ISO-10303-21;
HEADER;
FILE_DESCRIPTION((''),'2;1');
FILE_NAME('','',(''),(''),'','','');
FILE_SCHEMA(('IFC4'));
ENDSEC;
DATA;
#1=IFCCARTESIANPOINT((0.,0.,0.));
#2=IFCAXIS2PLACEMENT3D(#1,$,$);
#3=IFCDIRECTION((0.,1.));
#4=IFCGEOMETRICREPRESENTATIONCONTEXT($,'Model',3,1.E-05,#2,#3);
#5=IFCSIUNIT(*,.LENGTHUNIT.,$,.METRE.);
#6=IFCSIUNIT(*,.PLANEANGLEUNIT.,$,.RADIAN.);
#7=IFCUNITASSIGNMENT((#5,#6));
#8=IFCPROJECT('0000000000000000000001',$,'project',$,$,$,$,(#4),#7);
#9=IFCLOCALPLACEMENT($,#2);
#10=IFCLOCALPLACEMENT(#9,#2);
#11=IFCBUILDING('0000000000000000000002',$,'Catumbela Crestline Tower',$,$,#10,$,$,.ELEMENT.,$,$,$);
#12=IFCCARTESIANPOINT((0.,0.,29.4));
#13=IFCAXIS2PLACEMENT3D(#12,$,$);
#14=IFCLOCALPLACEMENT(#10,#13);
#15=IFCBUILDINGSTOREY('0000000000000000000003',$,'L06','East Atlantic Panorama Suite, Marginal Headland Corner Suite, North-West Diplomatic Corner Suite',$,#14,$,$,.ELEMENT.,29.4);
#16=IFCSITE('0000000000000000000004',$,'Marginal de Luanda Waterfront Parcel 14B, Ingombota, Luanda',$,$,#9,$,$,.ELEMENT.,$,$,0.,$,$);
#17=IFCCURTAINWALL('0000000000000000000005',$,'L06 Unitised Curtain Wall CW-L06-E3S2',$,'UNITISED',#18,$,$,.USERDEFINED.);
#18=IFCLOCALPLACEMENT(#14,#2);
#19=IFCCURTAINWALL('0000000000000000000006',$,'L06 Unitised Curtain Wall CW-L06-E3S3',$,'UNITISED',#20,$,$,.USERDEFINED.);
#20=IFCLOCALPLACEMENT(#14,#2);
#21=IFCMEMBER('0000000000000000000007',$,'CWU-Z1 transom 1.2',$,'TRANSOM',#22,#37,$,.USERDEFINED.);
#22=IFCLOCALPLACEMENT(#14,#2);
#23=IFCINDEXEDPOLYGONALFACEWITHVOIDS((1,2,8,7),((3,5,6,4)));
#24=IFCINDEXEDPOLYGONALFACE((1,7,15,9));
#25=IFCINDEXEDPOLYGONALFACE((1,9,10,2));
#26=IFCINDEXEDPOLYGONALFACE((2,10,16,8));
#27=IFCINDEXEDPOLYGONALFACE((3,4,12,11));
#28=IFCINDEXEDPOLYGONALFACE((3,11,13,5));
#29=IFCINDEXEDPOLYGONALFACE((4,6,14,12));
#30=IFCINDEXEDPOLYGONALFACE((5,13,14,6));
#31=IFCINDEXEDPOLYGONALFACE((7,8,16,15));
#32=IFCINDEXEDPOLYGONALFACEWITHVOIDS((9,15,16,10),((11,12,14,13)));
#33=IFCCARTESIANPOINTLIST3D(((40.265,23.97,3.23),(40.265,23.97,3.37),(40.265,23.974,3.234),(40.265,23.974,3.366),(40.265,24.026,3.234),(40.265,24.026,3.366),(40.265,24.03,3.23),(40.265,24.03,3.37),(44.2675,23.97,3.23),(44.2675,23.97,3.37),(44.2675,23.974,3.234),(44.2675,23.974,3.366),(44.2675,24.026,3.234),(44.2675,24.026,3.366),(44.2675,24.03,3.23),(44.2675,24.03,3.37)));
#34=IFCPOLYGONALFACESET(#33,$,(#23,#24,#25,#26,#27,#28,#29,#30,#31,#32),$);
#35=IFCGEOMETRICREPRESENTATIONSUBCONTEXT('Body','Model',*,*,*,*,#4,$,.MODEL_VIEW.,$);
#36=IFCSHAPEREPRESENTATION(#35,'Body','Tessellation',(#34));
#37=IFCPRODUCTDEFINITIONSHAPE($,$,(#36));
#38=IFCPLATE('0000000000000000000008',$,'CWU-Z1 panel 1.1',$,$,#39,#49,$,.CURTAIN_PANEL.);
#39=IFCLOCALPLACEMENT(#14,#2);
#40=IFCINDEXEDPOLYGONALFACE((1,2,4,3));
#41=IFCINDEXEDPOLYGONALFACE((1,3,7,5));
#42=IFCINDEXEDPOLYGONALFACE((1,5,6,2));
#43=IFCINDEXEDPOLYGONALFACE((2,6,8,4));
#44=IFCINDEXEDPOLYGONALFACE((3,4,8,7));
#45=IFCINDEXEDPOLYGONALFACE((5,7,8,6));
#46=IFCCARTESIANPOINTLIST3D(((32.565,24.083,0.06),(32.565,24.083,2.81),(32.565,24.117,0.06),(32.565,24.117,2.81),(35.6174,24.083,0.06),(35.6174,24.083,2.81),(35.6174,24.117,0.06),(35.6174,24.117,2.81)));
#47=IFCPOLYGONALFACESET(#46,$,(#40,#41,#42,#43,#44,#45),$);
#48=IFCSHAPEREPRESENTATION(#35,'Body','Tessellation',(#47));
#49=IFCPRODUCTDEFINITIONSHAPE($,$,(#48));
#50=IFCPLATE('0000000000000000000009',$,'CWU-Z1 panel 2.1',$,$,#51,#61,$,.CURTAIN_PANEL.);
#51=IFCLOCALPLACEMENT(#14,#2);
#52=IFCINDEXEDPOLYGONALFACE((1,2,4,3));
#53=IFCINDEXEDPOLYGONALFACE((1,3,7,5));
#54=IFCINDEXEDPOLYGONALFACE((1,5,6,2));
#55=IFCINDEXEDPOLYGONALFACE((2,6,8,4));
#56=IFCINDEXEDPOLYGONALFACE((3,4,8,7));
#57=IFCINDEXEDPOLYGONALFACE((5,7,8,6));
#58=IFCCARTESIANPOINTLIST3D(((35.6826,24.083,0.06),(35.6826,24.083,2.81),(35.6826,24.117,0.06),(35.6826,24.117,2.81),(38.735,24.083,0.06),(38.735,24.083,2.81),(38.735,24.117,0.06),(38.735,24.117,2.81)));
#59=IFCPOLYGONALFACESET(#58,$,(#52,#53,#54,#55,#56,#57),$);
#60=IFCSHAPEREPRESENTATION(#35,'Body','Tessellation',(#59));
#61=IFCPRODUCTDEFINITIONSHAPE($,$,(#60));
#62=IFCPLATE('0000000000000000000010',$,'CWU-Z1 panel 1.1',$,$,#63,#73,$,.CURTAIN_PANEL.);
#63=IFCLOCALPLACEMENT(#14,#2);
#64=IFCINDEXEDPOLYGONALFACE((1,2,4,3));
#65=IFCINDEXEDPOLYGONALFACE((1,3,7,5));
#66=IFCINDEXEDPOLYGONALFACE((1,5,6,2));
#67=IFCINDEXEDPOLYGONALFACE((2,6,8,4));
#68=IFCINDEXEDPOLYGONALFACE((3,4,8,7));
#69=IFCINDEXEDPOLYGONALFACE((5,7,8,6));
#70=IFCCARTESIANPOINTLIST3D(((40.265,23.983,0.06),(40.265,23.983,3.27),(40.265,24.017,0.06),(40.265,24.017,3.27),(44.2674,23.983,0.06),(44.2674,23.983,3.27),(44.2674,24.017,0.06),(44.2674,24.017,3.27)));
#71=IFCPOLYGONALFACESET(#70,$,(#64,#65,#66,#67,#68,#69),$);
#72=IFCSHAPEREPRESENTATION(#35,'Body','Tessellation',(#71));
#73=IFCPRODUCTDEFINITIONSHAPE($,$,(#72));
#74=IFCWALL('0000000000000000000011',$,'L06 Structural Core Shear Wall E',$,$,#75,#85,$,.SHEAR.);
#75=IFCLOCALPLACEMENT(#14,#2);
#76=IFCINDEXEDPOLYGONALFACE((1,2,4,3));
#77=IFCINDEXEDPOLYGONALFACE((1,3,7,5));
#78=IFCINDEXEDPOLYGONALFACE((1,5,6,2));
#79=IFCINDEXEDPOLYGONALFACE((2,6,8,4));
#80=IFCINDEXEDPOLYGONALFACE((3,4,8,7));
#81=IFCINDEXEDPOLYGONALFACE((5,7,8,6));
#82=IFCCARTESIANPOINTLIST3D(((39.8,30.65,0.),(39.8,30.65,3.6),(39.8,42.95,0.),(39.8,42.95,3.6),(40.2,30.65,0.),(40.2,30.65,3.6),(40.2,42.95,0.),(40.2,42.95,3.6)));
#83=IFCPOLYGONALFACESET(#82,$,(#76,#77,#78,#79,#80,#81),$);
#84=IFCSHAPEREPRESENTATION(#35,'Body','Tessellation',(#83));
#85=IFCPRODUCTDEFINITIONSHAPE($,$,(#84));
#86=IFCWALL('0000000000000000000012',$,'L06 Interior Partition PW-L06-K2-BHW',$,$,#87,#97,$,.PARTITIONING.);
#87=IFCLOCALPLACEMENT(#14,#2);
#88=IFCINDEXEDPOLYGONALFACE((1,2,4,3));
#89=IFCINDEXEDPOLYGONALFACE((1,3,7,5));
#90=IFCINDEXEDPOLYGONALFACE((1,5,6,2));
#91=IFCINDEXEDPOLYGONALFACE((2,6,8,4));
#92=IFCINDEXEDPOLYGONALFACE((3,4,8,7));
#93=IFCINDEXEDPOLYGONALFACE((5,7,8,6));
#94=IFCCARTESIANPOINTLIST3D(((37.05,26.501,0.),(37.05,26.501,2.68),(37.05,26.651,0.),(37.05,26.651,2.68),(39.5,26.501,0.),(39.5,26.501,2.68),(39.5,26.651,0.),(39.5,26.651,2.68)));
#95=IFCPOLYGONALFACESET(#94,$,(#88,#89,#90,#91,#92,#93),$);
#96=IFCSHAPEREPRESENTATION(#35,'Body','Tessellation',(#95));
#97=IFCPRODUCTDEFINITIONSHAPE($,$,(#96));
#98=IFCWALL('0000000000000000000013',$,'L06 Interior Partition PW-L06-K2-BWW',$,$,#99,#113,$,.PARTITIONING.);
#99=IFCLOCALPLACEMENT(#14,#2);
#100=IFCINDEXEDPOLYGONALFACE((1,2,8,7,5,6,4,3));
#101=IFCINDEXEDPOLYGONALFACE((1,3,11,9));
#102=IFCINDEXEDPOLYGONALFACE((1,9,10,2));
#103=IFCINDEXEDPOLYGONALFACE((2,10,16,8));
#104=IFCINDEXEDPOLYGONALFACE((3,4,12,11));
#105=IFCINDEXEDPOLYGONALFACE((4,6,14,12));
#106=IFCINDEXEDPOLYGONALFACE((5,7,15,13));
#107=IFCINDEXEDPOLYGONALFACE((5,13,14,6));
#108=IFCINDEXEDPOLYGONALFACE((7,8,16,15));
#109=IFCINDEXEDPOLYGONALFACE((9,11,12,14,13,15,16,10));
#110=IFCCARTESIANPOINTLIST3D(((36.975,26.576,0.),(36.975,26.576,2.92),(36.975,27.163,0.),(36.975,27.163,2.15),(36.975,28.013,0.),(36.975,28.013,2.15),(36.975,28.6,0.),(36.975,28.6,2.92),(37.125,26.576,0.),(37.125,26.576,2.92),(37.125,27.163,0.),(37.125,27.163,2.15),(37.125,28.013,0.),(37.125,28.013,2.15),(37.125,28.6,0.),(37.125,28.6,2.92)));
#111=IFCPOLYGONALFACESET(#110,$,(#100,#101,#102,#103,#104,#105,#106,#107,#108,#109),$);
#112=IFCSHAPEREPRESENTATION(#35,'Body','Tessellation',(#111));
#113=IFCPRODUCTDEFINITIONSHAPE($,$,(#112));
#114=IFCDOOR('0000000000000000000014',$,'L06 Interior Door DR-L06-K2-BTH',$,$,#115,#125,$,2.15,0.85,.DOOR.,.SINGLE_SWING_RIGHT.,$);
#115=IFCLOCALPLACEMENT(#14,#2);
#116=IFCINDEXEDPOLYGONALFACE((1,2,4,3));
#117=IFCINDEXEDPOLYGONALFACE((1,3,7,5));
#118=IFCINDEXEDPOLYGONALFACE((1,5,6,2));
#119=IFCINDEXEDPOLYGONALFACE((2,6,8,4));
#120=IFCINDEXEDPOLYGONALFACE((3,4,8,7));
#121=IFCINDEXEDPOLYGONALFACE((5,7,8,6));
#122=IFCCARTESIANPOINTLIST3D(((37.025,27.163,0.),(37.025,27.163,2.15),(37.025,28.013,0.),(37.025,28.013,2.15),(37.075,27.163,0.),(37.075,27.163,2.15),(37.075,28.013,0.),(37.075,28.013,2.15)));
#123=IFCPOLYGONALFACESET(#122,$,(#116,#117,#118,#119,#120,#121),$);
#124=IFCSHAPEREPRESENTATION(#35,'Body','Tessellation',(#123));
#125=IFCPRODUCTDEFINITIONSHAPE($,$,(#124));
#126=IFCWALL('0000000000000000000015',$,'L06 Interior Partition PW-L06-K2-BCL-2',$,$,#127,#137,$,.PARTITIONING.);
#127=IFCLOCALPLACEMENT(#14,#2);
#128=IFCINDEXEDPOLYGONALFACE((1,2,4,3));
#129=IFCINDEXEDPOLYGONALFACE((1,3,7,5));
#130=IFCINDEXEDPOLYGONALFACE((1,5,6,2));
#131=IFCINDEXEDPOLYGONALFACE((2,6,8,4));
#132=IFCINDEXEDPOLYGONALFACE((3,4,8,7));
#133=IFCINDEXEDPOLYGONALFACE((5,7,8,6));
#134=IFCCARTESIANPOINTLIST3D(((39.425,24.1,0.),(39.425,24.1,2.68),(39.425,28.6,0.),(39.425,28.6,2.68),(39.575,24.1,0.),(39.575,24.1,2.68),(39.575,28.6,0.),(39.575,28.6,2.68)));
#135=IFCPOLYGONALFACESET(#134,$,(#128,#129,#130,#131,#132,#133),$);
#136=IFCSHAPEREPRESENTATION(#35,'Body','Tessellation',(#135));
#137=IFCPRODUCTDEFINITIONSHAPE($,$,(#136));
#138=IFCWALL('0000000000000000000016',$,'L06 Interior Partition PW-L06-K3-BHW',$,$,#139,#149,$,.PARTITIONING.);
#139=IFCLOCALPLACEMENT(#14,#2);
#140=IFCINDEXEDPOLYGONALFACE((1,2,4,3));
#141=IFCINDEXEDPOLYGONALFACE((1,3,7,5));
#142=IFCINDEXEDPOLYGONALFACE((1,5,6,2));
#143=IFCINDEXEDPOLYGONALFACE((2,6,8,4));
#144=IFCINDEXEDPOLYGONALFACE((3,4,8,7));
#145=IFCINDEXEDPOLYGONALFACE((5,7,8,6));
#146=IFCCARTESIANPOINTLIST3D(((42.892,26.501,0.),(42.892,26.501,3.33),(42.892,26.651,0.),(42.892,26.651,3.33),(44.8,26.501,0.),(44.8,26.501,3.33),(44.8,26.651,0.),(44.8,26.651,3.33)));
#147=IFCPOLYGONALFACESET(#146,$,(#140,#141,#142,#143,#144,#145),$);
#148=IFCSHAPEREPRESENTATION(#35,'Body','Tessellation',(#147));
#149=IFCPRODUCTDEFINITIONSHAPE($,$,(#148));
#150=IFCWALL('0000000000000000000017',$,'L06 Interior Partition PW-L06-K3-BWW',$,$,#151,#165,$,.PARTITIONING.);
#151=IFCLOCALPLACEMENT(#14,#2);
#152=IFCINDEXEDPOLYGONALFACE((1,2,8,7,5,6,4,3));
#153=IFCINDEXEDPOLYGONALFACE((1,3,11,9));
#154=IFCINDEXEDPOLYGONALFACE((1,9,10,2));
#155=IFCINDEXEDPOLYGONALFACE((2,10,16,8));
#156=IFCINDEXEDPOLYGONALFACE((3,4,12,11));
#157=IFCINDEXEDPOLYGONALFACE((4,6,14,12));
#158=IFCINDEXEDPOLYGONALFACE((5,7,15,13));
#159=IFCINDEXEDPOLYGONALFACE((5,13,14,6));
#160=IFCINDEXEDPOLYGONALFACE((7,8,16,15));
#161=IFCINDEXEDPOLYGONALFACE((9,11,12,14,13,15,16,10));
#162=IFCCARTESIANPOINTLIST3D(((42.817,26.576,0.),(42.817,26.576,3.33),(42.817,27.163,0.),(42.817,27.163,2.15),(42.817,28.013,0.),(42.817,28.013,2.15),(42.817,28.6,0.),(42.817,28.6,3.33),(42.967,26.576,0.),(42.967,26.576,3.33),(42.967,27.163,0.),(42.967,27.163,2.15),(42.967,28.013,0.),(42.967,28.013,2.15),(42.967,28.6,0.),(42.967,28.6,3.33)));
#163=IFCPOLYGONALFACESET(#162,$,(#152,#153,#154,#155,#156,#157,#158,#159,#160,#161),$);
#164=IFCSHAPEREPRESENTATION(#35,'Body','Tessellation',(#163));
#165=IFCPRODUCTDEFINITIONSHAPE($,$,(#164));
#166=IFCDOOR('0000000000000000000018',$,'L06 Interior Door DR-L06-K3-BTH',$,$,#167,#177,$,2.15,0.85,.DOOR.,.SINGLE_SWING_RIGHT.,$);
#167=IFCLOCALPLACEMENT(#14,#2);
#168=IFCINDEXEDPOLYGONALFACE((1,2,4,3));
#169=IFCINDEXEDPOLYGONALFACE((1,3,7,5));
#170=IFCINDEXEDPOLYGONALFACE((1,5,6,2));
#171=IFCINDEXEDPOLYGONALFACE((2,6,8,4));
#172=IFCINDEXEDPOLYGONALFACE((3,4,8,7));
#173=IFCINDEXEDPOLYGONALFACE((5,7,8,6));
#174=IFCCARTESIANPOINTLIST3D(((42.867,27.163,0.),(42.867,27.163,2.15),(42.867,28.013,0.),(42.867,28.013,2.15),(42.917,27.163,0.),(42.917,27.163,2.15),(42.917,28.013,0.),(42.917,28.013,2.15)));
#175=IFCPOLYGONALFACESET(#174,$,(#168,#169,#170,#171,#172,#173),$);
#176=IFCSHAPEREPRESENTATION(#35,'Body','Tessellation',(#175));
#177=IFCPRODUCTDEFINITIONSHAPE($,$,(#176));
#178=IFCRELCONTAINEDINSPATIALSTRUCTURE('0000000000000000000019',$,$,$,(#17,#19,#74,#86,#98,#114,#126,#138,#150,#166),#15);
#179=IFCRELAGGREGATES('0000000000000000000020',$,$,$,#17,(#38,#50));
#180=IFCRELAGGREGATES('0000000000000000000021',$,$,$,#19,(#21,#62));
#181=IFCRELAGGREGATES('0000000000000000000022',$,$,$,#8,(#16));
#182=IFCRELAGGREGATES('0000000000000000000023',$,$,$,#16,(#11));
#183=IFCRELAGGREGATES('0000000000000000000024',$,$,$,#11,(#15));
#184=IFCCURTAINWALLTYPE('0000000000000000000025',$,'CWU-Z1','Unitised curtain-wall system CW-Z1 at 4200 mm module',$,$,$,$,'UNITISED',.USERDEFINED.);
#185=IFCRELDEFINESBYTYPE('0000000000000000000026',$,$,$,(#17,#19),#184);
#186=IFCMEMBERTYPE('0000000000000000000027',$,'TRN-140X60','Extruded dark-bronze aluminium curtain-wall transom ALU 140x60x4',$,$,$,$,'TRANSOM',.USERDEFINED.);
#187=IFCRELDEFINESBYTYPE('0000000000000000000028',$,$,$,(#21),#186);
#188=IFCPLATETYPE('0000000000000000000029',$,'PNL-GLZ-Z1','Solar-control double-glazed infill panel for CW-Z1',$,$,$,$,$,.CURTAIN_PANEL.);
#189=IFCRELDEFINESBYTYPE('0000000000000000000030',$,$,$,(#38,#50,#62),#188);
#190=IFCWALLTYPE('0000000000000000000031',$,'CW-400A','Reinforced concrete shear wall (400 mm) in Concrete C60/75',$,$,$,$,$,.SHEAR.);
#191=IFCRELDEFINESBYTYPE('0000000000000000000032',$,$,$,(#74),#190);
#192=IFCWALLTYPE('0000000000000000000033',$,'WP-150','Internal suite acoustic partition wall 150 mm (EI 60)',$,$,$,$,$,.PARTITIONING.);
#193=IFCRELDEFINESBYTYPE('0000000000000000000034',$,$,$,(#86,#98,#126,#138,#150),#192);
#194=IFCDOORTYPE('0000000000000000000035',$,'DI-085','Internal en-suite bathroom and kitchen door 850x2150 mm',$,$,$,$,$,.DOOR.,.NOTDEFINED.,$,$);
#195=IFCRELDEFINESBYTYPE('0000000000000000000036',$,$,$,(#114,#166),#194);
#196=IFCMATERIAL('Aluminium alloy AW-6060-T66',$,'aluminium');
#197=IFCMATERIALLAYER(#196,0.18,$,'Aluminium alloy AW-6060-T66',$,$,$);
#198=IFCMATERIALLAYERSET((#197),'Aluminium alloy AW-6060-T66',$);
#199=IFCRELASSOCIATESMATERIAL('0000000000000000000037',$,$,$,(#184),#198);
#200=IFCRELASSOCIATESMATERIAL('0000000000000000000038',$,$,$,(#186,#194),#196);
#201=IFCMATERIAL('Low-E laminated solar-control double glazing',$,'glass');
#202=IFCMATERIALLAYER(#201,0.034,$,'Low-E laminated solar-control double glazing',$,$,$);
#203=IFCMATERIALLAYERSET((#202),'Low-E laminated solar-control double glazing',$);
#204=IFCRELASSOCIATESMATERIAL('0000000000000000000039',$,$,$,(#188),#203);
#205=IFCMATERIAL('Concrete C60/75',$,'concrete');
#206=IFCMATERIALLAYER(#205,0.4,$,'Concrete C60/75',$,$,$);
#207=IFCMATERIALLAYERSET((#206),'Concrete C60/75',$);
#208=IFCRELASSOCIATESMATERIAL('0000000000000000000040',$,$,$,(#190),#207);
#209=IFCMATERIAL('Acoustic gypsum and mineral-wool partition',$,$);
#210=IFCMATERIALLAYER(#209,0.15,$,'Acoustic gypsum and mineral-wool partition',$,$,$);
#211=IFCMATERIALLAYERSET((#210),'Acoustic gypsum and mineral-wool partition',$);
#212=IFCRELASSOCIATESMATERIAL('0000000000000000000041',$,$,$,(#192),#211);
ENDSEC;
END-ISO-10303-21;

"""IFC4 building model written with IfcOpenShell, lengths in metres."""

from ifc_helpers import new_model, si_unit, direction, frame, frame_2d, origin, origin_2d, place, context, subcontext, project, spatial, rectangle, hollow_rectangle, extrude, material, layer, layer_set, material_profile, profile_set, type_object, element, fill, aggregate, save


model = new_model("IFC4")

# Units and contexts
model_context = context("Model", 3, precision=1e-05, world=origin(), true_north=direction((0.0, 1.0)))
body_context = subcontext(model_context, "Body", "Model", "MODEL_VIEW")
ifc_project = project(units=[si_unit("LENGTHUNIT", "METRE"), si_unit("PLANEANGLEUNIT", "RADIAN")], contexts=[model_context])

# Site, building, storey
site_placement = place(None, origin())
site = spatial("IfcSite", under=ifc_project, at=site_placement, Name="Marginal de Luanda Waterfront Parcel 14B, Ingombota, Luanda", CompositionType="ELEMENT", RefElevation=0.0)
building_placement = place(site_placement, origin())
building = spatial("IfcBuilding", under=site, at=building_placement, Name="Catumbela Crestline Tower", CompositionType="ELEMENT")
storey_placement = place(building_placement, frame((0.0, 0.0, 29.4)))
storey = spatial("IfcBuildingStorey", under=building, at=storey_placement, Name="L06", Description="East Atlantic Panorama Suite, Marginal Headland Corner Suite, North-West Diplomatic Corner Suite", CompositionType="ELEMENT", Elevation=29.4)

# Shared definitions
ifc_material_1 = material(Name="Concrete C60/75", Category="concrete")

# Curtain walls
ifc_material_2 = material(Name="Aluminium alloy AW-6060-T66", Category="aluminium")
ifc_layer_1 = layer(ifc_material_2, 0.18, Name="Aluminium alloy AW-6060-T66")
ifc_layer_set_1 = layer_set([ifc_layer_1], Name="Aluminium alloy AW-6060-T66")
curtain_wall_type = type_object("IfcCurtainWallType", Name="CWU-Z1", Description="Unitised curtain-wall system CW-Z1 at 4200 mm module", ElementType="UNITISED", PredefinedType="USERDEFINED", material=ifc_layer_set_1)
curtain_wall_1_placement = place(storey_placement, origin())
curtain_wall_1 = element("IfcCurtainWall", 1, at=curtain_wall_1_placement, inside=storey, type_object=curtain_wall_type, Name="L06 Unitised Curtain Wall CW-L06-E3S2", ObjectType="UNITISED", PredefinedType="USERDEFINED")
curtain_wall_2_placement = place(storey_placement, origin())
curtain_wall_2 = element("IfcCurtainWall", 2, at=curtain_wall_2_placement, inside=storey, type_object=curtain_wall_type, Name="L06 Unitised Curtain Wall CW-L06-E3S3", ObjectType="UNITISED", PredefinedType="USERDEFINED")

# Member
ifc_material_profile_1 = material_profile(ifc_material_2, hollow_rectangle(XDim=0.06, YDim=0.14, WallThickness=0.004, at=origin_2d()), Name="ALU 140x60x4")
ifc_profile_set_1 = profile_set([ifc_material_profile_1], Name="Aluminium alloy AW-6060-T66")
member_type_1 = type_object("IfcMemberType", Name="TRN-140X60", Description="Extruded dark-bronze aluminium curtain-wall transom ALU 140x60x4", ElementType="TRANSOM", PredefinedType="USERDEFINED", material=ifc_profile_set_1)
member_1_placement = place(storey_placement, frame((40.265, 24.0, 3.3), z_axis=(1.0, 0.0, 0.0), x_axis=(0.0, 1.0, 0.0)))
member_1 = element("IfcMember", 3, at=member_1_placement, type_object=member_type_1, Name="CWU-Z1 transom 1.2", ObjectType="TRANSOM", PredefinedType="USERDEFINED", context=body_context, shape_type="SweptSolid", body=[
    extrude(hollow_rectangle(XDim=0.06, YDim=0.14, WallThickness=0.004, at=origin_2d()), origin(), (0.0, 0.0, 1.0), 4.0025),
])

# Plates
ifc_material_3 = material(Name="Low-E laminated solar-control double glazing", Category="glass")
ifc_layer_2 = layer(ifc_material_3, 0.034, Name="Low-E laminated solar-control double glazing")
ifc_layer_set_2 = layer_set([ifc_layer_2], Name="Low-E laminated solar-control double glazing")
plate_type = type_object("IfcPlateType", Name="PNL-GLZ-Z1", Description="Solar-control double-glazed infill panel for CW-Z1", PredefinedType="CURTAIN_PANEL", material=ifc_layer_set_2)
plate_1_placement = place(storey_placement, frame((34.0912, 24.1, 0.06), z_axis=(0.0, 0.0, 1.0), x_axis=(1.0, 0.0, 0.0)))
plate_1 = element("IfcPlate", 4, at=plate_1_placement, type_object=plate_type, Name="CWU-Z1 panel 1.1", PredefinedType="CURTAIN_PANEL", context=body_context, shape_type="SweptSolid", body=[
    extrude(rectangle(XDim=3.0525, YDim=0.034, at=origin_2d()), origin(), (0.0, 0.0, 1.0), 2.75),
])
plate_2_placement = place(storey_placement, frame((37.2088, 24.1, 0.06), z_axis=(0.0, 0.0, 1.0), x_axis=(1.0, 0.0, 0.0)))
plate_2 = element("IfcPlate", 5, at=plate_2_placement, type_object=plate_type, Name="CWU-Z1 panel 2.1", PredefinedType="CURTAIN_PANEL", context=body_context, shape_type="SweptSolid", body=[
    extrude(rectangle(XDim=3.0525, YDim=0.034, at=origin_2d()), origin(), (0.0, 0.0, 1.0), 2.75),
])
aggregate(curtain_wall_1, [plate_1, plate_2])
plate_3_placement = place(storey_placement, frame((42.2662, 24.0, 0.06), z_axis=(0.0, 0.0, 1.0), x_axis=(1.0, 0.0, 0.0)))
plate_3 = element("IfcPlate", 6, at=plate_3_placement, type_object=plate_type, Name="CWU-Z1 panel 1.1", PredefinedType="CURTAIN_PANEL", context=body_context, shape_type="SweptSolid", body=[
    extrude(rectangle(XDim=4.0025, YDim=0.034, at=origin_2d()), origin(), (0.0, 0.0, 1.0), 3.21),
])
aggregate(curtain_wall_2, [member_1, plate_3])

# Walls
ifc_layer_3 = layer(ifc_material_1, 0.4, Name="Concrete C60/75")
ifc_layer_set_3 = layer_set([ifc_layer_3], Name="Concrete C60/75")
wall_type_1 = type_object("IfcWallType", Name="CW-400A", Description="Reinforced concrete shear wall (400 mm) in Concrete C60/75", PredefinedType="SHEAR", material=ifc_layer_set_3)
wall_1_placement = place(storey_placement, frame((40.0, 30.65, 0.0), z_axis=(0.0, 0.0, 1.0), x_axis=(0.0, 1.0, 0.0)))
element("IfcWall", 7, at=wall_1_placement, inside=storey, type_object=wall_type_1, Name="L06 Structural Core Shear Wall E", PredefinedType="SHEAR", context=body_context, shape_type="SweptSolid", body=[
    extrude(rectangle(XDim=12.3, YDim=0.4, at=frame_2d((6.15, 0.0))), origin(), (0.0, 0.0, 1.0), 3.6),
])
ifc_material_4 = material(Name="Acoustic gypsum and mineral-wool partition")
ifc_layer_4 = layer(ifc_material_4, 0.15, Name="Acoustic gypsum and mineral-wool partition")
ifc_layer_set_4 = layer_set([ifc_layer_4], Name="Acoustic gypsum and mineral-wool partition")
wall_type_2 = type_object("IfcWallType", Name="WP-150", Description="Internal suite acoustic partition wall 150 mm (EI 60)", PredefinedType="PARTITIONING", material=ifc_layer_set_4)
wall_2_placement = place(storey_placement, frame((37.05, 26.576, 0.0), z_axis=(0.0, 0.0, 1.0), x_axis=(1.0, 0.0, 0.0)))
element("IfcWall", 8, at=wall_2_placement, inside=storey, type_object=wall_type_2, Name="L06 Interior Partition PW-L06-K2-BHW", PredefinedType="PARTITIONING", context=body_context, shape_type="SweptSolid", body=[
    extrude(rectangle(XDim=2.45, YDim=0.15, at=frame_2d((1.225, 0.0))), origin(), (0.0, 0.0, 1.0), 2.68),
])

# Wall, opening, door
wall_3_placement = place(storey_placement, frame((37.05, 26.576, 0.0), z_axis=(0.0, 0.0, 1.0), x_axis=(0.0, 1.0, 0.0)))
wall_3 = element("IfcWall", 9, at=wall_3_placement, inside=storey, type_object=wall_type_2, Name="L06 Interior Partition PW-L06-K2-BWW", PredefinedType="PARTITIONING", context=body_context, shape_type="SweptSolid", body=[
    extrude(rectangle(XDim=2.024, YDim=0.15, at=frame_2d((1.012, 0.0))), origin(), (0.0, 0.0, 1.0), 2.92),
])
opening_1_placement = place(wall_3_placement, frame((0.587, 0.0, 0.0)))
opening_1 = element("IfcOpeningElement", 10, at=opening_1_placement, cuts=wall_3, PredefinedType="OPENING", context=body_context, shape_type="SweptSolid", body=[
    extrude(rectangle(XDim=0.85, YDim=2.15, at=frame_2d((0.425, 1.075))), frame((0.0, 0.085, 0.0), z_axis=(0.0, -1.0, 0.0), x_axis=(1.0, 0.0, 0.0)), (0.0, 0.0, 1.0), 0.17),
])
door_type = type_object("IfcDoorType", Name="DI-085", Description="Internal en-suite bathroom and kitchen door 850x2150 mm", OperationType="NOTDEFINED", PredefinedType="DOOR", material=ifc_material_2)
door_1_placement = place(opening_1_placement, origin())
door_1 = element("IfcDoor", 11, at=door_1_placement, inside=storey, type_object=door_type, Name="L06 Interior Door DR-L06-K2-BTH", OperationType="SINGLE_SWING_RIGHT", OverallHeight=2.15, OverallWidth=0.85, PredefinedType="DOOR", context=body_context, shape_type="SweptSolid", body=[
    extrude(rectangle(XDim=0.85, YDim=2.15, at=frame_2d((0.425, 1.075))), frame((0.0, 0.025, 0.0), z_axis=(0.0, -1.0, 0.0), x_axis=(1.0, 0.0, 0.0)), (0.0, 0.0, 1.0), 0.05),
])
fill(opening_1, door_1)

# Walls
wall_4_placement = place(storey_placement, frame((39.5, 28.6, 0.0), z_axis=(0.0, 0.0, 1.0), x_axis=(0.0, -1.0, 0.0)))
element("IfcWall", 12, at=wall_4_placement, inside=storey, type_object=wall_type_2, Name="L06 Interior Partition PW-L06-K2-BCL-2", PredefinedType="PARTITIONING", context=body_context, shape_type="SweptSolid", body=[
    extrude(rectangle(XDim=4.5, YDim=0.15, at=frame_2d((2.25, 0.0))), origin(), (0.0, 0.0, 1.0), 2.68),
])
wall_5_placement = place(storey_placement, frame((42.892, 26.576, 0.0), z_axis=(0.0, 0.0, 1.0), x_axis=(1.0, 0.0, 0.0)))
element("IfcWall", 13, at=wall_5_placement, inside=storey, type_object=wall_type_2, Name="L06 Interior Partition PW-L06-K3-BHW", PredefinedType="PARTITIONING", context=body_context, shape_type="SweptSolid", body=[
    extrude(rectangle(XDim=1.908, YDim=0.15, at=frame_2d((0.954, 0.0))), origin(), (0.0, 0.0, 1.0), 3.33),
])

# Wall, opening, door
wall_6_placement = place(storey_placement, frame((42.892, 26.576, 0.0), z_axis=(0.0, 0.0, 1.0), x_axis=(0.0, 1.0, 0.0)))
wall_6 = element("IfcWall", 14, at=wall_6_placement, inside=storey, type_object=wall_type_2, Name="L06 Interior Partition PW-L06-K3-BWW", PredefinedType="PARTITIONING", context=body_context, shape_type="SweptSolid", body=[
    extrude(rectangle(XDim=2.024, YDim=0.15, at=frame_2d((1.012, 0.0))), origin(), (0.0, 0.0, 1.0), 3.33),
])
opening_2_placement = place(wall_6_placement, frame((0.587, 0.0, 0.0)))
opening_2 = element("IfcOpeningElement", 15, at=opening_2_placement, cuts=wall_6, PredefinedType="OPENING", context=body_context, shape_type="SweptSolid", body=[
    extrude(rectangle(XDim=0.85, YDim=2.15, at=frame_2d((0.425, 1.075))), frame((0.0, 0.085, 0.0), z_axis=(0.0, -1.0, 0.0), x_axis=(1.0, 0.0, 0.0)), (0.0, 0.0, 1.0), 0.17),
])
door_2_placement = place(opening_2_placement, origin())
door_2 = element("IfcDoor", 16, at=door_2_placement, inside=storey, type_object=door_type, Name="L06 Interior Door DR-L06-K3-BTH", OperationType="SINGLE_SWING_RIGHT", OverallHeight=2.15, OverallWidth=0.85, PredefinedType="DOOR", context=body_context, shape_type="SweptSolid", body=[
    extrude(rectangle(XDim=0.85, YDim=2.15, at=frame_2d((0.425, 1.075))), frame((0.0, 0.025, 0.0), z_axis=(0.0, -1.0, 0.0), x_axis=(1.0, 0.0, 0.0)), (0.0, 0.0, 1.0), 0.05),
])
fill(opening_2, door_2)

save(model, "model.ifc")
